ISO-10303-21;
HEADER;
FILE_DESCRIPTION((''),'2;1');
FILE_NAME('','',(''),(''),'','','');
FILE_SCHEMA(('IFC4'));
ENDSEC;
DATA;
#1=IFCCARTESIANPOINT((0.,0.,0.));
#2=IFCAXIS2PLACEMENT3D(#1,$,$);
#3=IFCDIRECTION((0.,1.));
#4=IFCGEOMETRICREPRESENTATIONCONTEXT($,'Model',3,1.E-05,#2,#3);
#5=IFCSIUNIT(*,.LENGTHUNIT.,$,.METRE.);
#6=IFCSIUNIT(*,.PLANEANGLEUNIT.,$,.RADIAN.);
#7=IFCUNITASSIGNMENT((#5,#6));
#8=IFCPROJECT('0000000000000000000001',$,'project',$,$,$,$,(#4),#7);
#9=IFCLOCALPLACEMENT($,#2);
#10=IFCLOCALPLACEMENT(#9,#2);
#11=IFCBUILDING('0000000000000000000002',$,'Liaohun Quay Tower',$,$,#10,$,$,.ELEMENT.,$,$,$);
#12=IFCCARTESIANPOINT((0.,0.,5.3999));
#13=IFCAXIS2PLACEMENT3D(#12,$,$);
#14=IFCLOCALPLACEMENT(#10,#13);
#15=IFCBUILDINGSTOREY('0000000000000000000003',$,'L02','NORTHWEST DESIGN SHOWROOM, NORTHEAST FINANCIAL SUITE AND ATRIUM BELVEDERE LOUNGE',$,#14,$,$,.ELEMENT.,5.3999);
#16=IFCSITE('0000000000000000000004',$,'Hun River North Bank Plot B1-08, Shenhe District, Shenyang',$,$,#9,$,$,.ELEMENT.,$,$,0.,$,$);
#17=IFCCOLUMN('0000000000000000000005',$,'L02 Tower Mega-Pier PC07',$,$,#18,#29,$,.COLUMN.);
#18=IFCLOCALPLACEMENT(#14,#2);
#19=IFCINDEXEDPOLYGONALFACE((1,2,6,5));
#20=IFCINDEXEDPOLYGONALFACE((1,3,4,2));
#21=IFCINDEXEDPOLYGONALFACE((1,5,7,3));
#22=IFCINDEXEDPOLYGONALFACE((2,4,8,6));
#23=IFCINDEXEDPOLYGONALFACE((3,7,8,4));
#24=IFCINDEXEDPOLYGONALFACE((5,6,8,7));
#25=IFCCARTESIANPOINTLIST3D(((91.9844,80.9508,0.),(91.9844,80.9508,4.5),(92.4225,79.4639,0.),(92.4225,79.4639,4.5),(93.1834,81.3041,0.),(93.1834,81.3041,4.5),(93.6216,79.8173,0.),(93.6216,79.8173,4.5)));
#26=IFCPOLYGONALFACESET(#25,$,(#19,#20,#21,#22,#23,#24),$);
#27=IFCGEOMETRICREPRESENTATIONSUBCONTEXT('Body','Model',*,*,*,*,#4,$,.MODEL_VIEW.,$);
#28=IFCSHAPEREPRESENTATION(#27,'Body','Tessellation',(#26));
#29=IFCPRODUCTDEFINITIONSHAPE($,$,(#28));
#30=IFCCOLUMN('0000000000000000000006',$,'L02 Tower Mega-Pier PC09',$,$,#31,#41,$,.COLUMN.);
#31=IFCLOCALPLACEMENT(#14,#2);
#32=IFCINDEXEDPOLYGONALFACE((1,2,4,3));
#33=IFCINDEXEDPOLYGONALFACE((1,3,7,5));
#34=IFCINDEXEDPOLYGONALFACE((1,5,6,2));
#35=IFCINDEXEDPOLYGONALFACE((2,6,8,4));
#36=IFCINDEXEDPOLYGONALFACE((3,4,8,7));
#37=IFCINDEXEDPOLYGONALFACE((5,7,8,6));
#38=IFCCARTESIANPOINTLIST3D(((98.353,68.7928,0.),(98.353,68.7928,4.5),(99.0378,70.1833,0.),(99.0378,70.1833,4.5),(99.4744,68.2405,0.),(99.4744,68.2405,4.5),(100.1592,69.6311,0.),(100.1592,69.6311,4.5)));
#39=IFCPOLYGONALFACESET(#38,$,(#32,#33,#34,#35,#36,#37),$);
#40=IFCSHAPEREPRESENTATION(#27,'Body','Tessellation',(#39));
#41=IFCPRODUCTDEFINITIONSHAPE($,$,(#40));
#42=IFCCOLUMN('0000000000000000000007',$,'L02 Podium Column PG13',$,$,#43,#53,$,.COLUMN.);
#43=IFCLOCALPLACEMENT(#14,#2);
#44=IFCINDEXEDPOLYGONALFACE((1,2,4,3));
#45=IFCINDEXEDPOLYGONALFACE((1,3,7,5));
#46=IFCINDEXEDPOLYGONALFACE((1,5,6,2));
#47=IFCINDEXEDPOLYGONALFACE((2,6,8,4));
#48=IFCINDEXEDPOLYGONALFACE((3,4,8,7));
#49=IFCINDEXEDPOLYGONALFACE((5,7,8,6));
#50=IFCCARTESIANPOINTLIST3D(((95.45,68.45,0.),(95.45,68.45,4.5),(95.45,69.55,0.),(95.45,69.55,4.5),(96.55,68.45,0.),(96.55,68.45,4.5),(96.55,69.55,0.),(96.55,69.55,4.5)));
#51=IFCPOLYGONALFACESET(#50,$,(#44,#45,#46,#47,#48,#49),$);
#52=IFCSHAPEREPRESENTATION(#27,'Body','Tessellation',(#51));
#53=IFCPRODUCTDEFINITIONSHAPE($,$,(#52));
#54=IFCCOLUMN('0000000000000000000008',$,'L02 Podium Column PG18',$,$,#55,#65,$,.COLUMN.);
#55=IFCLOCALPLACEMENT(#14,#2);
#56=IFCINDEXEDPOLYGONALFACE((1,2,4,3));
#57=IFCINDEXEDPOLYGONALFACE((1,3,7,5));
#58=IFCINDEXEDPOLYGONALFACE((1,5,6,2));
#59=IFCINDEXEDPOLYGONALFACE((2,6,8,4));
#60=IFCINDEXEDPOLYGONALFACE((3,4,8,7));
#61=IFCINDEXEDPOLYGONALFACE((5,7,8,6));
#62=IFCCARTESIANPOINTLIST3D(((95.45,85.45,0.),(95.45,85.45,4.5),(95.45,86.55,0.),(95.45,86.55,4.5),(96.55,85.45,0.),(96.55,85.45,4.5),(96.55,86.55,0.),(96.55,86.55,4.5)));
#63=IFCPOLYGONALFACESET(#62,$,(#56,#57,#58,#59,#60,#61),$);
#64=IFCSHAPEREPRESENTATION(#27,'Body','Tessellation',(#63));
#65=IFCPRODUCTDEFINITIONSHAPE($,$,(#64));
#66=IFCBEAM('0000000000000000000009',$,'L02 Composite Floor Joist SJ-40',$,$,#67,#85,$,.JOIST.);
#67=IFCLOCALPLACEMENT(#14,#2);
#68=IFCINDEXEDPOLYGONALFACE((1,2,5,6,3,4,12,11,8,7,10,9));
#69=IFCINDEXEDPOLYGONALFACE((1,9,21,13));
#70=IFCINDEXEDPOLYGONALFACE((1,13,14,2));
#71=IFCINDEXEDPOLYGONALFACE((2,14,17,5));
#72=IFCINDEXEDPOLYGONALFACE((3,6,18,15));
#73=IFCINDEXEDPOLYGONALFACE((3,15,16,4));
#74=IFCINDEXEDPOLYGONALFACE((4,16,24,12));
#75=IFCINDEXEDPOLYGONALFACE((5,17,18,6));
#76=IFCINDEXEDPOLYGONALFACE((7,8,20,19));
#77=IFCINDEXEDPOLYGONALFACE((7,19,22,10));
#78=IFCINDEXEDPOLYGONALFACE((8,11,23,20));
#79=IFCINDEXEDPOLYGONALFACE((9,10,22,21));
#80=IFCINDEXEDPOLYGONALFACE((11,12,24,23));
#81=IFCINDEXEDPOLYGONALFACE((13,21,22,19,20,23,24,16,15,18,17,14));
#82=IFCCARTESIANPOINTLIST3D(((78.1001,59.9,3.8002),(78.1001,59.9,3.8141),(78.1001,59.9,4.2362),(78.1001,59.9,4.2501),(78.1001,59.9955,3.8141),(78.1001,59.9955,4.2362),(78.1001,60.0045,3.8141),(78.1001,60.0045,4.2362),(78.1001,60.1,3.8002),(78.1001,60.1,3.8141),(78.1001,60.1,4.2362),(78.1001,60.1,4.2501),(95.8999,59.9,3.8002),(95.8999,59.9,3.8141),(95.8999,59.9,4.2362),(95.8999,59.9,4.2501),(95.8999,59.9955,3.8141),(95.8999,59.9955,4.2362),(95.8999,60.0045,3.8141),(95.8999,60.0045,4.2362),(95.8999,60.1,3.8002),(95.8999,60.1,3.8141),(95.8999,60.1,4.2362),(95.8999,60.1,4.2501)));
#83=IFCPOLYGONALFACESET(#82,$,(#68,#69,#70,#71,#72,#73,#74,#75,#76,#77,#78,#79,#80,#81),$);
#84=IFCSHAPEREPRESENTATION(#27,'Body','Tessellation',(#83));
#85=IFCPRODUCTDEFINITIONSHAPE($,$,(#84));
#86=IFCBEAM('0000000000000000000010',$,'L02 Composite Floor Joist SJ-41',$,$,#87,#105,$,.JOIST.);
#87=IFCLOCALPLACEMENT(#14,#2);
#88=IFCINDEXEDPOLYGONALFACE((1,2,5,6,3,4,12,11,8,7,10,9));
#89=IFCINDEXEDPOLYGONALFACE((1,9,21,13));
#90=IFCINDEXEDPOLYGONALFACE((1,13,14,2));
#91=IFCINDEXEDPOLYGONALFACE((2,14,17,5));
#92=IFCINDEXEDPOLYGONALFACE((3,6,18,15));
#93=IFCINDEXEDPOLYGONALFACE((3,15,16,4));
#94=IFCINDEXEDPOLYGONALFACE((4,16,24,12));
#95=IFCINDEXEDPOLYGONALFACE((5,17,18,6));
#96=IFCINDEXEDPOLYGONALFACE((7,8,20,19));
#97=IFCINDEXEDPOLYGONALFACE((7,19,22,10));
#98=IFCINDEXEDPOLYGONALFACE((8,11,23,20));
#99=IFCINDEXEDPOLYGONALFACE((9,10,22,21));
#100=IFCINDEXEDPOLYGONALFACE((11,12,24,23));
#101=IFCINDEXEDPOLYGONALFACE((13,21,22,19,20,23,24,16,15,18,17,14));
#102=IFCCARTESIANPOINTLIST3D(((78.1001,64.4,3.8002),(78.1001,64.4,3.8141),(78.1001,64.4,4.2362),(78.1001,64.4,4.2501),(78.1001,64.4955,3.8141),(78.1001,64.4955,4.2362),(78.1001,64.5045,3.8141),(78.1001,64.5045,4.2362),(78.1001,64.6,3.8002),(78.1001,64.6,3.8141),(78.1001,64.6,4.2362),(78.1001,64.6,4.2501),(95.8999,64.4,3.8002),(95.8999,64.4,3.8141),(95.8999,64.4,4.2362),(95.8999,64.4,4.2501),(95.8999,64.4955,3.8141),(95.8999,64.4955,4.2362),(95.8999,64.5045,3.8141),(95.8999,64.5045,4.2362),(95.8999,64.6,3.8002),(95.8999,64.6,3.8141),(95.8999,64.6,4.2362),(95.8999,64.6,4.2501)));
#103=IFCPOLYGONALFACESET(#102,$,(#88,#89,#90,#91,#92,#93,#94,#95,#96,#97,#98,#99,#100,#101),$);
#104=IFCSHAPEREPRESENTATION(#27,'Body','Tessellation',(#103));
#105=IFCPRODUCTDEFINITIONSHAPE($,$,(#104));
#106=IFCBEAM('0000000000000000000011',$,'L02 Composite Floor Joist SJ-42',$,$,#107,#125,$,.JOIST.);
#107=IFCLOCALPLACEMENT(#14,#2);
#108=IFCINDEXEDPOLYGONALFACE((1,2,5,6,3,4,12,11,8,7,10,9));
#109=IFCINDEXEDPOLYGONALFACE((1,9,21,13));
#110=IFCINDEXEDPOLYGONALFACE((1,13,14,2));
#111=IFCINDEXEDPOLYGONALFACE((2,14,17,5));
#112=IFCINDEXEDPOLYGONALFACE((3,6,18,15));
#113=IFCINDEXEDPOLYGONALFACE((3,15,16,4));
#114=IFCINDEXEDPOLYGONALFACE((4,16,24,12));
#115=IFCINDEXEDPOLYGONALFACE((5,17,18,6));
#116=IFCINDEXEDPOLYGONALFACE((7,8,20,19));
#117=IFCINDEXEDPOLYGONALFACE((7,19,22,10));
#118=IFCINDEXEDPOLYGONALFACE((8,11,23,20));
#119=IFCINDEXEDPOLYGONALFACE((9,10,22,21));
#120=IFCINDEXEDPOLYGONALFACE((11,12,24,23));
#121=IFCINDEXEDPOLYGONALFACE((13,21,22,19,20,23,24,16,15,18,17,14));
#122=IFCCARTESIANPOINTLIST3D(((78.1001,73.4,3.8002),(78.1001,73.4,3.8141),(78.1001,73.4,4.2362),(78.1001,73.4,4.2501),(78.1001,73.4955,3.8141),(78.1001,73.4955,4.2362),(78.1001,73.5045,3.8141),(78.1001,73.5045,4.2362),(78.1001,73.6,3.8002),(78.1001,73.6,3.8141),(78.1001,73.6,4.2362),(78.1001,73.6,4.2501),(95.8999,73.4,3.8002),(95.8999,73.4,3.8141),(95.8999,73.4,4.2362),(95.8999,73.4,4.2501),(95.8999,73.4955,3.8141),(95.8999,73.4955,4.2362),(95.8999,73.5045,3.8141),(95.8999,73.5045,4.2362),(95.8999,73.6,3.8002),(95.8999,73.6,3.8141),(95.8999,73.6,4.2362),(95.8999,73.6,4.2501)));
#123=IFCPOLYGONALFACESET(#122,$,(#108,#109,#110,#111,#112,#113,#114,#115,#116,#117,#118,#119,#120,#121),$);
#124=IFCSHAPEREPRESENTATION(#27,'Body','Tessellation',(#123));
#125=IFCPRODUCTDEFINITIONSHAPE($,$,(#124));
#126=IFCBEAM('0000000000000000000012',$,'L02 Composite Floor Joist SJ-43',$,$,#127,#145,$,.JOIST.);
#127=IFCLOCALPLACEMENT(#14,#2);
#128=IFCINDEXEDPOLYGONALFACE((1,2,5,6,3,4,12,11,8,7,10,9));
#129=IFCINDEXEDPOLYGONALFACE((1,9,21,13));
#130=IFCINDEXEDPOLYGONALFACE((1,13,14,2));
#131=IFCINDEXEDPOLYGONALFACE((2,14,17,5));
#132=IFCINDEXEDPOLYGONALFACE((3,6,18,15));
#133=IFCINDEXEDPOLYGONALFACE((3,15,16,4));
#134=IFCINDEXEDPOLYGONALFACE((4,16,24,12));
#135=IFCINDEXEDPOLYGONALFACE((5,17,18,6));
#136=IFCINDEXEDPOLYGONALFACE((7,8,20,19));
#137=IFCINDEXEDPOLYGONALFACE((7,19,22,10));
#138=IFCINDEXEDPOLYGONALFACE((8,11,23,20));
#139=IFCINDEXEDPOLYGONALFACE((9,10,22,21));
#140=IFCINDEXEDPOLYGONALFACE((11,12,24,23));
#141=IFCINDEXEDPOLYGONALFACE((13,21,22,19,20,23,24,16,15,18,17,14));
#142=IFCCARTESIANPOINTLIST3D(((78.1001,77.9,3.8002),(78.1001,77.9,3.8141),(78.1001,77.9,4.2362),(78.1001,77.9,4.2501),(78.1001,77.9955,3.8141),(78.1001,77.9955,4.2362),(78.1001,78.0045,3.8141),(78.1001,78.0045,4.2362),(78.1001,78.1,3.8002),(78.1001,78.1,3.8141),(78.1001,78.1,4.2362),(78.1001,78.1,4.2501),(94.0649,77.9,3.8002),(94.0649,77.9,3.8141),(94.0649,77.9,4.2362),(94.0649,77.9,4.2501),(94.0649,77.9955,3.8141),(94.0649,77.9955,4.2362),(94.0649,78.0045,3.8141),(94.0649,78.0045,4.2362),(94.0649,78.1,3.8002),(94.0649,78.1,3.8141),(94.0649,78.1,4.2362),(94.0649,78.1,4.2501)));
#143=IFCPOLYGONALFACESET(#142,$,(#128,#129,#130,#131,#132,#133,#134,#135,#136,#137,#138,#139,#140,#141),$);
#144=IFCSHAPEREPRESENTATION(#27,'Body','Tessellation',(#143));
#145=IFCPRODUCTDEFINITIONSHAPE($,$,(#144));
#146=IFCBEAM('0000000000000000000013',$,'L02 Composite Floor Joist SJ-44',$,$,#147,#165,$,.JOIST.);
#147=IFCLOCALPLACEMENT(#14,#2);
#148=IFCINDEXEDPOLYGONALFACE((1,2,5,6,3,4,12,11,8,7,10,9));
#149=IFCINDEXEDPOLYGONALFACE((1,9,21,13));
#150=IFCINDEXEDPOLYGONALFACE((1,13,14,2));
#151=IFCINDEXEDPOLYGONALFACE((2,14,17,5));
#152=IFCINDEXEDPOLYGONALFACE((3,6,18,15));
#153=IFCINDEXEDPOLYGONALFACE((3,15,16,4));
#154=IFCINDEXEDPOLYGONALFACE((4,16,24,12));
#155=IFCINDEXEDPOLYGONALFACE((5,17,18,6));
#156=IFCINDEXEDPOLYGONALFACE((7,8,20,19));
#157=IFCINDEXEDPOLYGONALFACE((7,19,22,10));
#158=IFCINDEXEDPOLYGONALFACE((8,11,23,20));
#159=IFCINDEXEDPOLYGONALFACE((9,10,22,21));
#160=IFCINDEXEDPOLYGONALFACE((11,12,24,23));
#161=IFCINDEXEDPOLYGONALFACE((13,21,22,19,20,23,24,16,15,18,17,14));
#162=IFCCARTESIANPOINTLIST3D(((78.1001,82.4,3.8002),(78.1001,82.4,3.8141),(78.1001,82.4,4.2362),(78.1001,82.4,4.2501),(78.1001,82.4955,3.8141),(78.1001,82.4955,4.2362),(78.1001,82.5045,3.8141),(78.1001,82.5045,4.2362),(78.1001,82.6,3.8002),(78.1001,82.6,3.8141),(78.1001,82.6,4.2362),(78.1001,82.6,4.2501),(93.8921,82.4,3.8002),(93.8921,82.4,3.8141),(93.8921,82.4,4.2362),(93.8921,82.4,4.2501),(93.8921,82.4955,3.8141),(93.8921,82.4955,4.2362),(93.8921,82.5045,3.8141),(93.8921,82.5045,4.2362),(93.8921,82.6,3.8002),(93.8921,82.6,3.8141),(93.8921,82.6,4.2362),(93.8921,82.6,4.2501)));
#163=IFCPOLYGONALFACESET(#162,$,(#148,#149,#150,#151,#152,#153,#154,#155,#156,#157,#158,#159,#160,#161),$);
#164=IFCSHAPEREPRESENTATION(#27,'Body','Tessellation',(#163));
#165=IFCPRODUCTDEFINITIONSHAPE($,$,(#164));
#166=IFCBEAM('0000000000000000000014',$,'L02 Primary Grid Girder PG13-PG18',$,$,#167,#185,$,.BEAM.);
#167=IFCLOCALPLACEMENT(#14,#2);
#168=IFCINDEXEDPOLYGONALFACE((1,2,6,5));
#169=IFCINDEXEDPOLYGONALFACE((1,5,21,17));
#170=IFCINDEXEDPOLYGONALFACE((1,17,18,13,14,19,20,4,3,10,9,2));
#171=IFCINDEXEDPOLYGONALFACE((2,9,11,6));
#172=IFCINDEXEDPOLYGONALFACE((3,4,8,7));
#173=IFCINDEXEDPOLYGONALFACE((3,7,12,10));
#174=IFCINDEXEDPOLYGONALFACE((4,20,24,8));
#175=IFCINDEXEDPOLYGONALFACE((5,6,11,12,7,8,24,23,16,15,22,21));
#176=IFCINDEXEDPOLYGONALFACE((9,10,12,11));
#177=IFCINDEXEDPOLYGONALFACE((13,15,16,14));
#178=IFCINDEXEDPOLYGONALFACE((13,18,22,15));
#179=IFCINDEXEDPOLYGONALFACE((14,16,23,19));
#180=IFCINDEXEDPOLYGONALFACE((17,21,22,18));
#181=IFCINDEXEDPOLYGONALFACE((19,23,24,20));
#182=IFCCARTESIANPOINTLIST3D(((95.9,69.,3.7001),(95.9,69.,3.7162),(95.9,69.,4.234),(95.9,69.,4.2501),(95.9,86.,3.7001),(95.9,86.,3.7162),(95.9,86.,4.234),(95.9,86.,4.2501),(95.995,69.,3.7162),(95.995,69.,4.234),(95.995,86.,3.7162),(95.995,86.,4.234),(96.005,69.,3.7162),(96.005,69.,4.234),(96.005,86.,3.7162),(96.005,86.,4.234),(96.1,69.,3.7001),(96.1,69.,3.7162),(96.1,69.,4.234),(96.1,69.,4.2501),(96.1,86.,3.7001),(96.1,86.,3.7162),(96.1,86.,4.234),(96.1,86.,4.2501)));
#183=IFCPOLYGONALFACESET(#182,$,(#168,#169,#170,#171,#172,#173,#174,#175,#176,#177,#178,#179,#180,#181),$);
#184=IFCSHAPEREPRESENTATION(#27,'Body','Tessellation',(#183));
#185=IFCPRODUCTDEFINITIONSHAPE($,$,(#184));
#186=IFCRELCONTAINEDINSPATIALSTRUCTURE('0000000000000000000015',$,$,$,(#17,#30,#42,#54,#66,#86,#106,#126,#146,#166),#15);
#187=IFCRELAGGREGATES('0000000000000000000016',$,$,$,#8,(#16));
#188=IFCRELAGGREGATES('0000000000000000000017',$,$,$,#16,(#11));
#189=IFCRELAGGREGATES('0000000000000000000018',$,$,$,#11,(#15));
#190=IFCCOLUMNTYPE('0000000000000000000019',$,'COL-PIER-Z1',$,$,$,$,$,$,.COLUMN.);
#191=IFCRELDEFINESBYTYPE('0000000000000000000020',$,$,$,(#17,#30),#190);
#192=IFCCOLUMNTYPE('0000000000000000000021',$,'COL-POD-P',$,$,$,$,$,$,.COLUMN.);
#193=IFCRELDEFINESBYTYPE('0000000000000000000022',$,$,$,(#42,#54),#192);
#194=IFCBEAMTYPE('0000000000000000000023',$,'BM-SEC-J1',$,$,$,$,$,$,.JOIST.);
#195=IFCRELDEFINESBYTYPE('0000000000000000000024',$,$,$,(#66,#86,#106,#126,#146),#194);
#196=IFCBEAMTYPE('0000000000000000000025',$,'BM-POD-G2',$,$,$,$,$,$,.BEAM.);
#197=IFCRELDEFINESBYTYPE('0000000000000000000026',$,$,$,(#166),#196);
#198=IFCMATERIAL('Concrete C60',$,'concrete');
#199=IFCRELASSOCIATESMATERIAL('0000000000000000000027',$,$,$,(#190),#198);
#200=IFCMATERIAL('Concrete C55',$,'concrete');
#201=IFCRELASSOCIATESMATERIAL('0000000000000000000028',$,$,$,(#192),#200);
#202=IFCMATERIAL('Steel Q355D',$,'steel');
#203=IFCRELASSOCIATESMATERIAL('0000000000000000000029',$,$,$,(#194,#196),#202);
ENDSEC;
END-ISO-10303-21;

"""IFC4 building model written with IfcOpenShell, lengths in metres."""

from ifc_helpers import new_model, si_unit, direction, frame, origin, origin_2d, place, context, subcontext, project, spatial, rectangle, i_section, extrude, source, transform, mapped, material, material_profile, profile_set, type_object, element, save


model = new_model("IFC4")

# Units and contexts
model_context = context("Model", 3, precision=1e-05, world=origin(), true_north=direction((0.0, 1.0)))
body_context = subcontext(model_context, "Body", "Model", "MODEL_VIEW")
ifc_project = project(units=[si_unit("LENGTHUNIT", "METRE"), si_unit("PLANEANGLEUNIT", "RADIAN")], contexts=[model_context])

# Site, building, storey
site_placement = place(None, origin())
site = spatial("IfcSite", under=ifc_project, at=site_placement, Name="Hun River North Bank Plot B1-08, Shenhe District, Shenyang", CompositionType="ELEMENT", RefElevation=0.0)
building_placement = place(site_placement, origin())
building = spatial("IfcBuilding", under=site, at=building_placement, Name="Liaohun Quay Tower", CompositionType="ELEMENT")
storey_placement = place(building_placement, frame((0.0, 0.0, 5.3999)))
storey = spatial("IfcBuildingStorey", under=building, at=storey_placement, Name="L02", Description="NORTHWEST DESIGN SHOWROOM, NORTHEAST FINANCIAL SUITE AND ATRIUM BELVEDERE LOUNGE", CompositionType="ELEMENT", Elevation=5.3999)

# Columns
ifc_material_1 = material(Name="Concrete C60", Category="concrete")
ifc_material_profile_1 = material_profile(ifc_material_1, rectangle(XDim=1.55, YDim=1.25, at=origin_2d()), Name="RC1550x1250")
ifc_profile_set_1 = profile_set([ifc_material_profile_1], Name="Concrete C60")
column_type_1 = type_object("IfcColumnType", Name="COL-PIER-Z1", PredefinedType="COLUMN", material=ifc_profile_set_1)
shared_shape_1 = source(origin(), body_context, "Body", "SweptSolid", [
    extrude(rectangle(XDim=1.55, YDim=1.25, at=origin_2d()), origin(), (0.0, 0.0, 1.0), 4.5),
])
for number, where, z_axis, x_axis, name in (
    (1, (92.803, 80.384, 0.0), (0.0, 0.0, 1.0), (-0.282676, 0.959215, 0.0), "L02 Tower Mega-Pier PC07"),
    (2, (99.2561, 69.2119, 0.0), (0.0, 0.0, 1.0), (0.441819, 0.897104, 0.0), "L02 Tower Mega-Pier PC09"),
):
    element("IfcColumn", number, at=place(storey_placement, frame(where, z_axis=z_axis, x_axis=x_axis)), inside=storey, type_object=column_type_1, Name=name, PredefinedType="COLUMN", context=body_context, shape_type="MappedRepresentation", body=[
        mapped(shared_shape_1, transform((0.0, 0.0, 0.0), x_axis=(1.0, 0.0, 0.0), y_axis=(0.0, 1.0, 0.0), z_axis=(0.0, 0.0, 1.0), scale=1.0)),
    ])
ifc_material_2 = material(Name="Concrete C55", Category="concrete")
ifc_material_profile_2 = material_profile(ifc_material_2, rectangle(XDim=1.1001, YDim=1.1001, at=origin_2d()), Name="RC1100x1100")
ifc_profile_set_2 = profile_set([ifc_material_profile_2], Name="Concrete C55")
column_type_2 = type_object("IfcColumnType", Name="COL-POD-P", PredefinedType="COLUMN", material=ifc_profile_set_2)
shared_shape_2 = source(origin(), body_context, "Body", "SweptSolid", [
    extrude(rectangle(XDim=1.1001, YDim=1.1001, at=origin_2d()), origin(), (0.0, 0.0, 1.0), 4.5),
])
for number, where, z_axis, x_axis, name in (
    (3, (96.0, 69.0, 0.0), (0.0, 0.0, 1.0), (1.0, 0.0, 0.0), "L02 Podium Column PG13"),
    (4, (96.0, 86.0, 0.0), (0.0, 0.0, 1.0), (1.0, 0.0, 0.0), "L02 Podium Column PG18"),
):
    element("IfcColumn", number, at=place(storey_placement, frame(where, z_axis=z_axis, x_axis=x_axis)), inside=storey, type_object=column_type_2, Name=name, PredefinedType="COLUMN", context=body_context, shape_type="MappedRepresentation", body=[
        mapped(shared_shape_2, transform((0.0, 0.0, 0.0), x_axis=(1.0, 0.0, 0.0), y_axis=(0.0, 1.0, 0.0), z_axis=(0.0, 0.0, 1.0), scale=1.0)),
    ])

# Beams
ifc_material_3 = material(Name="Steel Q355D", Category="steel")
ifc_material_profile_3 = material_profile(ifc_material_3, i_section(OverallWidth=0.2, OverallDepth=0.45, WebThickness=0.009, FlangeThickness=0.0139, at=origin_2d()), Name="HN450x200x9x14")
ifc_profile_set_3 = profile_set([ifc_material_profile_3], Name="Steel Q355D")
beam_type_1 = type_object("IfcBeamType", Name="BM-SEC-J1", PredefinedType="JOIST", material=ifc_profile_set_3)
shared_shape_3 = source(origin(), body_context, "Body", "SweptSolid", [
    extrude(i_section(OverallWidth=0.2, OverallDepth=0.45, WebThickness=0.009, FlangeThickness=0.0139, at=origin_2d()), origin(), (0.0, 0.0, 1.0), 17.7998),
])
for number, where, z_axis, x_axis, name in (
    (5, (78.1001, 60.0, 4.0251), (1.0, 0.0, 0.0), (0.0, 1.0, 0.0), "L02 Composite Floor Joist SJ-40"),
    (6, (78.1001, 64.5, 4.0251), (1.0, 0.0, 0.0), (0.0, 1.0, 0.0), "L02 Composite Floor Joist SJ-41"),
    (7, (78.1001, 73.5, 4.0251), (1.0, 0.0, 0.0), (0.0, 1.0, 0.0), "L02 Composite Floor Joist SJ-42"),
):
    element("IfcBeam", number, at=place(storey_placement, frame(where, z_axis=z_axis, x_axis=x_axis)), inside=storey, type_object=beam_type_1, Name=name, PredefinedType="JOIST", context=body_context, shape_type="MappedRepresentation", body=[
        mapped(shared_shape_3, transform((0.0, 0.0, 0.0), x_axis=(1.0, 0.0, 0.0), y_axis=(0.0, 1.0, 0.0), z_axis=(0.0, 0.0, 1.0), scale=1.0)),
    ])
shared_shape_4 = source(origin(), body_context, "Body", "SweptSolid", [
    extrude(i_section(OverallWidth=0.2, OverallDepth=0.45, WebThickness=0.009, FlangeThickness=0.0139, at=origin_2d()), origin(), (0.0, 0.0, 1.0), 15.9648),
])
beam_1_placement = place(storey_placement, frame((78.1001, 78.0, 4.0251), z_axis=(1.0, 0.0, 0.0), x_axis=(0.0, 1.0, 0.0)))
element("IfcBeam", 8, at=beam_1_placement, inside=storey, type_object=beam_type_1, Name="L02 Composite Floor Joist SJ-43", PredefinedType="JOIST", context=body_context, shape_type="MappedRepresentation", body=[
    mapped(shared_shape_4, transform((0.0, 0.0, 0.0), x_axis=(1.0, 0.0, 0.0), y_axis=(0.0, 1.0, 0.0), z_axis=(0.0, 0.0, 1.0), scale=1.0)),
])
shared_shape_5 = source(origin(), body_context, "Body", "SweptSolid", [
    extrude(i_section(OverallWidth=0.2, OverallDepth=0.45, WebThickness=0.009, FlangeThickness=0.0139, at=origin_2d()), origin(), (0.0, 0.0, 1.0), 15.792),
])
beam_2_placement = place(storey_placement, frame((78.1001, 82.5, 4.0251), z_axis=(1.0, 0.0, 0.0), x_axis=(0.0, 1.0, 0.0)))
element("IfcBeam", 9, at=beam_2_placement, inside=storey, type_object=beam_type_1, Name="L02 Composite Floor Joist SJ-44", PredefinedType="JOIST", context=body_context, shape_type="MappedRepresentation", body=[
    mapped(shared_shape_5, transform((0.0, 0.0, 0.0), x_axis=(1.0, 0.0, 0.0), y_axis=(0.0, 1.0, 0.0), z_axis=(0.0, 0.0, 1.0), scale=1.0)),
])
ifc_material_profile_4 = material_profile(ifc_material_3, i_section(OverallWidth=0.2, OverallDepth=0.55, WebThickness=0.01, FlangeThickness=0.0161, at=origin_2d()), Name="HN550x200x10x16")
ifc_profile_set_4 = profile_set([ifc_material_profile_4], Name="Steel Q355D")
beam_type_2 = type_object("IfcBeamType", Name="BM-POD-G2", PredefinedType="BEAM", material=ifc_profile_set_4)
shared_shape_6 = source(origin(), body_context, "Body", "SweptSolid", [
    extrude(i_section(OverallWidth=0.2, OverallDepth=0.55, WebThickness=0.01, FlangeThickness=0.0161, at=origin_2d()), origin(), (0.0, 0.0, 1.0), 17.0),
])
beam_3_placement = place(storey_placement, frame((96.0, 69.0, 3.9751), z_axis=(0.0, 1.0, 0.0), x_axis=(-1.0, 0.0, 0.0)))
element("IfcBeam", 10, at=beam_3_placement, inside=storey, type_object=beam_type_2, Name="L02 Primary Grid Girder PG13-PG18", PredefinedType="BEAM", context=body_context, shape_type="MappedRepresentation", body=[
    mapped(shared_shape_6, transform((0.0, 0.0, 0.0), x_axis=(1.0, 0.0, 0.0), y_axis=(0.0, 1.0, 0.0), z_axis=(0.0, 0.0, 1.0), scale=1.0)),
])

save(model, "model.ifc")
